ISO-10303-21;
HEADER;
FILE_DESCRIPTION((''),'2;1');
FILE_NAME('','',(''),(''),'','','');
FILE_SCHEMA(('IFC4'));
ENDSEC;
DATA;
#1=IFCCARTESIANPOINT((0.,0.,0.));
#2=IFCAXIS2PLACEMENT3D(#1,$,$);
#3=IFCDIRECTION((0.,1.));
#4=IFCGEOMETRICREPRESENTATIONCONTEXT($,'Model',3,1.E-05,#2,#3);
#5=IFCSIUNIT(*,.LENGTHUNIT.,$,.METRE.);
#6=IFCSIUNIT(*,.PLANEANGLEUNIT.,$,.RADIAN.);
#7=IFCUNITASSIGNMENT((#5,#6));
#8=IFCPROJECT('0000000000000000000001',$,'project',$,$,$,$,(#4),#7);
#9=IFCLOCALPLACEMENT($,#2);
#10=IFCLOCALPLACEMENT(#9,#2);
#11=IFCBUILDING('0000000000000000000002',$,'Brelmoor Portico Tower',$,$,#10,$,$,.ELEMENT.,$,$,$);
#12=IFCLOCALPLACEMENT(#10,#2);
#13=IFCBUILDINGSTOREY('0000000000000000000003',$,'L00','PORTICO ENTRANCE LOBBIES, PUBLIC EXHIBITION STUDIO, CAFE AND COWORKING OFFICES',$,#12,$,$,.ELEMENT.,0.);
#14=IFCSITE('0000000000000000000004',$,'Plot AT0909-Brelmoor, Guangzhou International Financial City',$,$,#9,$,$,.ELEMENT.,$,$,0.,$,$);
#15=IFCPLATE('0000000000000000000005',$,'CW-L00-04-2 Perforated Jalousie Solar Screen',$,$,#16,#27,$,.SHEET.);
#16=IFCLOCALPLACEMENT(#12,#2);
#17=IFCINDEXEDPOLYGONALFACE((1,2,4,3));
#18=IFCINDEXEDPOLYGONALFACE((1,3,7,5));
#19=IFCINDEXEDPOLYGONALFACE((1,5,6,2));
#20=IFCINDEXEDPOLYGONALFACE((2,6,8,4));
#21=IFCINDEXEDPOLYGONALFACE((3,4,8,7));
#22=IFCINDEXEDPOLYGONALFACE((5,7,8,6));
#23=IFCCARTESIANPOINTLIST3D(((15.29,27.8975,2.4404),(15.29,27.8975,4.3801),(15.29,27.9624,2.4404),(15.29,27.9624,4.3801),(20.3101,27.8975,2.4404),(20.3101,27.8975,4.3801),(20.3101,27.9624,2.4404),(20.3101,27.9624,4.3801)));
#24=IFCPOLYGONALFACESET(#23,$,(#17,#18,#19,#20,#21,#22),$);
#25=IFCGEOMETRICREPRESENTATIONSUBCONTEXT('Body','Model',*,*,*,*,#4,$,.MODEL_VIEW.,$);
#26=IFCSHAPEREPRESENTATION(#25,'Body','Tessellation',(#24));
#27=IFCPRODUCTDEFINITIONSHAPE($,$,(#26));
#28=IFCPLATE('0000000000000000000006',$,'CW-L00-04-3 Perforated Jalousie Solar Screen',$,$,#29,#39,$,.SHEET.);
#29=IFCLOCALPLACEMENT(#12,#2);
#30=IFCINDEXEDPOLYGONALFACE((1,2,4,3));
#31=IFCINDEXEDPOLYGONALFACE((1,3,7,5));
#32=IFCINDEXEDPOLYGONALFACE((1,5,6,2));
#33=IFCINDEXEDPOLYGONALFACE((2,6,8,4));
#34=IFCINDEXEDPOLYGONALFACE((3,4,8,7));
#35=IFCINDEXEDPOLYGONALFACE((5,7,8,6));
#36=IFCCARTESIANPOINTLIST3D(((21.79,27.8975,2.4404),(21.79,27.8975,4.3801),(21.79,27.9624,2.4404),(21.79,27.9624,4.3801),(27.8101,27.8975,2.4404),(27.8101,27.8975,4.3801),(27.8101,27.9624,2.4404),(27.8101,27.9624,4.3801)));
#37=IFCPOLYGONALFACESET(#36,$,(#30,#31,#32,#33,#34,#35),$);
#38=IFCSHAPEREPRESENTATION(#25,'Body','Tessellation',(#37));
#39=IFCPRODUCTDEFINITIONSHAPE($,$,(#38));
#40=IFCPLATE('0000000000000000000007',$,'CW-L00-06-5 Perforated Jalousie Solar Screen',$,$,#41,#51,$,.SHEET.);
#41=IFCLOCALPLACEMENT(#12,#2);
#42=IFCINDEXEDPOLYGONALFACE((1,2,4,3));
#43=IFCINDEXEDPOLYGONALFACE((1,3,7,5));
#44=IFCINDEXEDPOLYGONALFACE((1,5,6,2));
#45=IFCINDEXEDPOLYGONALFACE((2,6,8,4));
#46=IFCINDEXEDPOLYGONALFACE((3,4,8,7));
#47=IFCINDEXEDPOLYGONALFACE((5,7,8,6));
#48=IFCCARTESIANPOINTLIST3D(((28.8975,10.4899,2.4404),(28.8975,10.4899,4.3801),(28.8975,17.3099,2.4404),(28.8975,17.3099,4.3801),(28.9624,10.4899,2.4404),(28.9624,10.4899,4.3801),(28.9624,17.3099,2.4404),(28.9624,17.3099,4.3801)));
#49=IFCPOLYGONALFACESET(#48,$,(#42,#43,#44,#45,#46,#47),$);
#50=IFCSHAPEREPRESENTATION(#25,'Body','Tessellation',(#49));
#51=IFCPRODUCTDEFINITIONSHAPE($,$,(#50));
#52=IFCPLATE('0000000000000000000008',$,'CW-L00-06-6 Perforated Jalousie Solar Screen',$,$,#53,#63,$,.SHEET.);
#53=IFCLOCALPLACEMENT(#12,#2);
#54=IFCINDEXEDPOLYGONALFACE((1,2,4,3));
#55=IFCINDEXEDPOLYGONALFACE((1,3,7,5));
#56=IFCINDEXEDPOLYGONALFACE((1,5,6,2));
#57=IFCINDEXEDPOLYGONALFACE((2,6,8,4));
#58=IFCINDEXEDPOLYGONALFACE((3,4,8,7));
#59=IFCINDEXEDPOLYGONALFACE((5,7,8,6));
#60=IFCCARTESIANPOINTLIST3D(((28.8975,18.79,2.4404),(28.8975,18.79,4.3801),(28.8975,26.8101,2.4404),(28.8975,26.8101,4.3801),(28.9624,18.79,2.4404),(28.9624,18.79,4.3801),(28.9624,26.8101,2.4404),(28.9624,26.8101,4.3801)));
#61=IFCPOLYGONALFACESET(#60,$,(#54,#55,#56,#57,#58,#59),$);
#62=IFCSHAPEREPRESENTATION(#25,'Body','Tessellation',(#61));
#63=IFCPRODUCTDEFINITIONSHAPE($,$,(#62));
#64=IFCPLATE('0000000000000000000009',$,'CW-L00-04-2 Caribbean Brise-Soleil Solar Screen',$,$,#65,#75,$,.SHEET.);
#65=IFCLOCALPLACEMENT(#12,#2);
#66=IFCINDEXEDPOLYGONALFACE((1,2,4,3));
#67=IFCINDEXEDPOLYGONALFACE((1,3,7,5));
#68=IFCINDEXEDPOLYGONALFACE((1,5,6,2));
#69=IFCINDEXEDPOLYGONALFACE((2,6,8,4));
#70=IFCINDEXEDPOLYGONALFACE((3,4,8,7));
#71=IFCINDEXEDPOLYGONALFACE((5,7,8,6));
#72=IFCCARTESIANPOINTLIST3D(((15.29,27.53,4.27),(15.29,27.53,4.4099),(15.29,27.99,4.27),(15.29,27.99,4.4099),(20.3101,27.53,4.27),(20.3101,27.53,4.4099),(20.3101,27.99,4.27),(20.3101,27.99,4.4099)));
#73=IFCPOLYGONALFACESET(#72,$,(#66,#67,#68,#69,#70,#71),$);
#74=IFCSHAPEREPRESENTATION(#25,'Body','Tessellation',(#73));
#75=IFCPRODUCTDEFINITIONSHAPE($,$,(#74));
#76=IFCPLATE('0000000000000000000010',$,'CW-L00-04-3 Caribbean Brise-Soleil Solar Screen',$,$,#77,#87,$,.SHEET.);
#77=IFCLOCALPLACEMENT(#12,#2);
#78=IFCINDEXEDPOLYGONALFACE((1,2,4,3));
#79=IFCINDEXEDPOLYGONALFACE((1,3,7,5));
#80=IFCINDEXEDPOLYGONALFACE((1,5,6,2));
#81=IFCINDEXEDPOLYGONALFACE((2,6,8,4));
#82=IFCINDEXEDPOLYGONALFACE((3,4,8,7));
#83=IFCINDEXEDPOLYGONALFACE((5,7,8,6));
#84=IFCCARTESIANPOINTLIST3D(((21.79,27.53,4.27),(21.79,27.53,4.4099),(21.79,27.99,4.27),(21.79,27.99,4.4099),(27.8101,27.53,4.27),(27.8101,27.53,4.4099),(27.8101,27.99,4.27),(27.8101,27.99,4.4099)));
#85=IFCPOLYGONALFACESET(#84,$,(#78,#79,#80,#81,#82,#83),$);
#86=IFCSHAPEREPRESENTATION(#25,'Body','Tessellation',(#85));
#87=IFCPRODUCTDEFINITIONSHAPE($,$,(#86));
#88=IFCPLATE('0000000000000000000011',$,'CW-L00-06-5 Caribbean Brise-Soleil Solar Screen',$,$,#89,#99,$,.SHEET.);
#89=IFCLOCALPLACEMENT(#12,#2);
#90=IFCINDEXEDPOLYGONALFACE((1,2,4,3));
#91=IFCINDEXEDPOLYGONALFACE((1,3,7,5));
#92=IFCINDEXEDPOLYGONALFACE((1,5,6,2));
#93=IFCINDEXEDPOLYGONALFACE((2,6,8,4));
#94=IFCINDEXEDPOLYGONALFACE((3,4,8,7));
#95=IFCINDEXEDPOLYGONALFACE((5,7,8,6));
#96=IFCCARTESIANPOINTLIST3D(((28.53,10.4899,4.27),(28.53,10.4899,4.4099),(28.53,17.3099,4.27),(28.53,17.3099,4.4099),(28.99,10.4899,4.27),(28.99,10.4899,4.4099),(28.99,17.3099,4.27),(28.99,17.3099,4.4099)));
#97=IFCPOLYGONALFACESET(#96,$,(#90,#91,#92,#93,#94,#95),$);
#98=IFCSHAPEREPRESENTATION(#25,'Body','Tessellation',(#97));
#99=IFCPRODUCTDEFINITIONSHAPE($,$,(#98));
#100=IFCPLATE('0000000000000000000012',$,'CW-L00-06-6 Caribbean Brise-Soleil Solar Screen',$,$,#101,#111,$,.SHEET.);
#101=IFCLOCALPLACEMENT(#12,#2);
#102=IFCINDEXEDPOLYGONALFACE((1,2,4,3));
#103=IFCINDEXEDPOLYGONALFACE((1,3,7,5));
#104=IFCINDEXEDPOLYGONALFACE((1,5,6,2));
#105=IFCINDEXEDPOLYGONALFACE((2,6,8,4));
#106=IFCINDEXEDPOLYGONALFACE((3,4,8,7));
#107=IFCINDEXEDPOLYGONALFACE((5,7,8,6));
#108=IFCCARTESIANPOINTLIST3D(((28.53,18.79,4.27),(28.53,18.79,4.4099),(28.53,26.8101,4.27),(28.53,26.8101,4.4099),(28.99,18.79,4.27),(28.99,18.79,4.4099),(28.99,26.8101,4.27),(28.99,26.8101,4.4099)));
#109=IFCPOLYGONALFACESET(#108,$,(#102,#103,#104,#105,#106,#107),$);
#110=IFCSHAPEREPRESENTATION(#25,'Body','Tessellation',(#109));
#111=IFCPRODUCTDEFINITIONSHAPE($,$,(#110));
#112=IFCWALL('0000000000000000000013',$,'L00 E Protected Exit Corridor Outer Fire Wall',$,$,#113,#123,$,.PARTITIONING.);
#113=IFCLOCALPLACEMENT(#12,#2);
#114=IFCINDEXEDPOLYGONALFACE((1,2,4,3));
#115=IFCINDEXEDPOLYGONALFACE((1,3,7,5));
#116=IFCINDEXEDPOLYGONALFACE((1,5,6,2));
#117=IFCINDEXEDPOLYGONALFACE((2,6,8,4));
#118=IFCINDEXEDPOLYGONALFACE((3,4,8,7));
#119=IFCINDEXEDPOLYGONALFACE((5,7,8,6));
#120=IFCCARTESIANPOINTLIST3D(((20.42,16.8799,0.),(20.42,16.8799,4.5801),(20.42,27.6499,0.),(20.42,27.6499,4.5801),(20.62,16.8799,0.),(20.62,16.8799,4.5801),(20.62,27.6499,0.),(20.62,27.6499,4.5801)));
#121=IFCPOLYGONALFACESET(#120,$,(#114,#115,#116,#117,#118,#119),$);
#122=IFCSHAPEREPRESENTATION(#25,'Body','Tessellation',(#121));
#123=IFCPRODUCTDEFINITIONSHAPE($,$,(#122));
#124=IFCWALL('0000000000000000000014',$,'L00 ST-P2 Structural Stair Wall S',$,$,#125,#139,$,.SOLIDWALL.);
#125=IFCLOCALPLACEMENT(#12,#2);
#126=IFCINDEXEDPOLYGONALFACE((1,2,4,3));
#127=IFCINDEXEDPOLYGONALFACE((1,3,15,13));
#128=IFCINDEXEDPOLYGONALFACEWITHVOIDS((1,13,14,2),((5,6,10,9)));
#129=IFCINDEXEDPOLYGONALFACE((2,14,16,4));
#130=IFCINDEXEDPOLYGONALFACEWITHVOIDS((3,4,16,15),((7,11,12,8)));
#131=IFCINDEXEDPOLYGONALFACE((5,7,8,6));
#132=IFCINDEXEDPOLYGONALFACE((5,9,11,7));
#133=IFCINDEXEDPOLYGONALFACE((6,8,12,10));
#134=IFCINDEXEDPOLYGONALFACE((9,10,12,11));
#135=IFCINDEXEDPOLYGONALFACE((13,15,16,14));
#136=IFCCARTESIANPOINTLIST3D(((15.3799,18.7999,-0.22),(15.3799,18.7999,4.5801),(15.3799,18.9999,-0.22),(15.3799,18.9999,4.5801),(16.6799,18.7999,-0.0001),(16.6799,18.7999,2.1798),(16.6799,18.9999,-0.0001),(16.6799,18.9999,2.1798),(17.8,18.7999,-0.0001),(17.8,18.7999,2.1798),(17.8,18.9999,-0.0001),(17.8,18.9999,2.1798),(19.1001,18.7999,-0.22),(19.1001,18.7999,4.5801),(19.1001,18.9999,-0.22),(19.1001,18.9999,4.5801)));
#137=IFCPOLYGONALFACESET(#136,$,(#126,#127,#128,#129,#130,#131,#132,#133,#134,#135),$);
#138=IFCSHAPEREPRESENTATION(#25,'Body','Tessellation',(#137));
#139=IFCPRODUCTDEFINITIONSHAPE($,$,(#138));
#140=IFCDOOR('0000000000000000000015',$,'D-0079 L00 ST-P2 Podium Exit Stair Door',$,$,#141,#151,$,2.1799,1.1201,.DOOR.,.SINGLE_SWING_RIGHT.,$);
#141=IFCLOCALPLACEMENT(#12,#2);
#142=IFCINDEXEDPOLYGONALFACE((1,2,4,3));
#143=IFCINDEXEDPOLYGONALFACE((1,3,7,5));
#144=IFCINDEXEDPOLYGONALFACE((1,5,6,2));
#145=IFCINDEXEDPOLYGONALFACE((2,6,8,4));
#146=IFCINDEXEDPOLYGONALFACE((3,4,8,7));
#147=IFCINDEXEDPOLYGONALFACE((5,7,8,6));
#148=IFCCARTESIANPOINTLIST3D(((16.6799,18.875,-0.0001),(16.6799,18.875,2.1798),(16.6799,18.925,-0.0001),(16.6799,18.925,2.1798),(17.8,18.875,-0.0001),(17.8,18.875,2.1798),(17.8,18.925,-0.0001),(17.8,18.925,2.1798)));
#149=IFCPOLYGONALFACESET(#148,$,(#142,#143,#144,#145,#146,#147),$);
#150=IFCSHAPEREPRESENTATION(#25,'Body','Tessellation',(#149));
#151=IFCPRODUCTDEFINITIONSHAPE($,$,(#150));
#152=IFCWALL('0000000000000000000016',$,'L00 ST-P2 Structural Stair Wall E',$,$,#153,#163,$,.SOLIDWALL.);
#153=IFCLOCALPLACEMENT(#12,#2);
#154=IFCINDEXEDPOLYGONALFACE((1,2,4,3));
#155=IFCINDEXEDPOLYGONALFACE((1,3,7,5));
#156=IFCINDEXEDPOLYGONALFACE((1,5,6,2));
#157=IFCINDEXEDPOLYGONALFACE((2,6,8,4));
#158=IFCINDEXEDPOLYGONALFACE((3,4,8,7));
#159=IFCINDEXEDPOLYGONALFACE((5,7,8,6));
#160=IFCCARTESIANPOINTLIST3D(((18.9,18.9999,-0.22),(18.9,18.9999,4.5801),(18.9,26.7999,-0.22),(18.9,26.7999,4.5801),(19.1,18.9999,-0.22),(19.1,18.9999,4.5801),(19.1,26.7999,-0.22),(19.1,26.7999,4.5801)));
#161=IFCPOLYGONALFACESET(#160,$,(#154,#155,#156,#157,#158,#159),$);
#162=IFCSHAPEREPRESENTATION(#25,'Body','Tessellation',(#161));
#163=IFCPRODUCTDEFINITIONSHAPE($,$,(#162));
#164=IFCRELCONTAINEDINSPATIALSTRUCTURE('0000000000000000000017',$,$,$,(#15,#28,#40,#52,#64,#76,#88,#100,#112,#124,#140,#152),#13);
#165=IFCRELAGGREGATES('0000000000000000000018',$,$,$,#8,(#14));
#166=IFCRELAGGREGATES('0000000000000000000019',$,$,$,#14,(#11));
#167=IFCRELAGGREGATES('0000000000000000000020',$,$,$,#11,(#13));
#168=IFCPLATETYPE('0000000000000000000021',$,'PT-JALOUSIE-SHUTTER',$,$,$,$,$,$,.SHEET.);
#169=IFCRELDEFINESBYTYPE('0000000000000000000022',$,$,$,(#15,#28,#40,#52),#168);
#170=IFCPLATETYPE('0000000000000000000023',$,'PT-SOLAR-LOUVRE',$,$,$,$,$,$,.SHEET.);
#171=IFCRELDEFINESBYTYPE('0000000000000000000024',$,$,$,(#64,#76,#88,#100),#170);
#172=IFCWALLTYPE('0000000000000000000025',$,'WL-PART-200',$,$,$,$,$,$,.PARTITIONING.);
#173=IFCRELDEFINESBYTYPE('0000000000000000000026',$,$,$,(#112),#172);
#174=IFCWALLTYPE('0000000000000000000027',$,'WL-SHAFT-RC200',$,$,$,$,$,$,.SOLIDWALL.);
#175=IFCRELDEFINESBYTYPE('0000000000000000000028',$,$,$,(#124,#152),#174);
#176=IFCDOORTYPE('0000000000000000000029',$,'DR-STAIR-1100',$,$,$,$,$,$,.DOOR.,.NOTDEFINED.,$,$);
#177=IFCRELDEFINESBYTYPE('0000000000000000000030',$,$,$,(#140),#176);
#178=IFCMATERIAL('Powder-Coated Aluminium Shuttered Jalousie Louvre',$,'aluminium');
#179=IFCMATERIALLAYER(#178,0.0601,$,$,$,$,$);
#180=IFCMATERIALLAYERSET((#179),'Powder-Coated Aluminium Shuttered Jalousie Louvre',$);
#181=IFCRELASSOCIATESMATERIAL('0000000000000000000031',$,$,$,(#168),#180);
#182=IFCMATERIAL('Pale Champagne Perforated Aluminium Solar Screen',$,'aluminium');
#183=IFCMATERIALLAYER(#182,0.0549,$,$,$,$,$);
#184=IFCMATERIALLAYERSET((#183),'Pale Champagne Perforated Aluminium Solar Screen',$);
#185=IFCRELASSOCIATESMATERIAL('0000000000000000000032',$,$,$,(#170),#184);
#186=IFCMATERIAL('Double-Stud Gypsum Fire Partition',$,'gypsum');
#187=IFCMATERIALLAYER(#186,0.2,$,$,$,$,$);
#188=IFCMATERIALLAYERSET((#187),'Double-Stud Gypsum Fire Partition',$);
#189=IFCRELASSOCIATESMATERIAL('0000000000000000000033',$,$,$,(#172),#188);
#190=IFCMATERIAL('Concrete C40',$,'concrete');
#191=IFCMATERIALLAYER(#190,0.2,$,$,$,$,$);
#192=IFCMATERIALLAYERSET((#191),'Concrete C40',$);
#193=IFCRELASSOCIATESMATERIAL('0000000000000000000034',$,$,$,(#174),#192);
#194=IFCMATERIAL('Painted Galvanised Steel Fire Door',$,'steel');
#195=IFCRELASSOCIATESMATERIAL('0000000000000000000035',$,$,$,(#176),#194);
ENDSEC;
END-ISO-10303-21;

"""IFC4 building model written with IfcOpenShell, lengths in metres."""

from ifc_helpers import new_model, si_unit, direction, frame, frame_2d, origin, origin_2d, place, context, subcontext, project, spatial, rectangle, extrude, material, layer, layer_set, type_object, element, fill, save


model = new_model("IFC4")

# Units and contexts
model_context = context("Model", 3, precision=1e-05, world=origin(), true_north=direction((0.0, 1.0)))
body_context = subcontext(model_context, "Body", "Model", "MODEL_VIEW")
ifc_project = project(units=[si_unit("LENGTHUNIT", "METRE"), si_unit("PLANEANGLEUNIT", "RADIAN")], contexts=[model_context])

# Site, building, storey
site_placement = place(None, origin())
site = spatial("IfcSite", under=ifc_project, at=site_placement, Name="Plot AT0909-Brelmoor, Guangzhou International Financial City", CompositionType="ELEMENT", RefElevation=0.0)
building_placement = place(site_placement, origin())
building = spatial("IfcBuilding", under=site, at=building_placement, Name="Brelmoor Portico Tower", CompositionType="ELEMENT")
storey_placement = place(building_placement, origin())
storey = spatial("IfcBuildingStorey", under=building, at=storey_placement, Name="L00", Description="PORTICO ENTRANCE LOBBIES, PUBLIC EXHIBITION STUDIO, CAFE AND COWORKING OFFICES", CompositionType="ELEMENT", Elevation=0.0)

# Plates
ifc_material_1 = material(Name="Powder-Coated Aluminium Shuttered Jalousie Louvre", Category="aluminium")
ifc_layer_1 = layer(ifc_material_1, 0.0601)
ifc_layer_set_1 = layer_set([ifc_layer_1], Name="Powder-Coated Aluminium Shuttered Jalousie Louvre")
plate_type_1 = type_object("IfcPlateType", Name="PT-JALOUSIE-SHUTTER", PredefinedType="SHEET", material=ifc_layer_set_1)
plate_1_placement = place(storey_placement, frame((17.8, 27.9299, 2.4404), z_axis=(0.0, 0.0, 1.0), x_axis=(1.0, 0.0, 0.0)))
element("IfcPlate", 1, at=plate_1_placement, inside=storey, type_object=plate_type_1, Name="CW-L00-04-2 Perforated Jalousie Solar Screen", PredefinedType="SHEET", context=body_context, shape_type="SweptSolid", body=[
    extrude(rectangle(XDim=5.02, YDim=0.0649, at=origin_2d()), origin(), (0.0, 0.0, 1.0), 1.9397),
])
plate_2_placement = place(storey_placement, frame((24.8, 27.9299, 2.4404), z_axis=(0.0, 0.0, 1.0), x_axis=(1.0, 0.0, 0.0)))
element("IfcPlate", 2, at=plate_2_placement, inside=storey, type_object=plate_type_1, Name="CW-L00-04-3 Perforated Jalousie Solar Screen", PredefinedType="SHEET", context=body_context, shape_type="SweptSolid", body=[
    extrude(rectangle(XDim=6.02, YDim=0.0649, at=origin_2d()), origin(), (0.0, 0.0, 1.0), 1.9397),
])
plate_3_placement = place(storey_placement, frame((28.9299, 13.8999, 2.4404), z_axis=(0.0, 0.0, 1.0), x_axis=(0.0, 1.0, 0.0)))
element("IfcPlate", 3, at=plate_3_placement, inside=storey, type_object=plate_type_1, Name="CW-L00-06-5 Perforated Jalousie Solar Screen", PredefinedType="SHEET", context=body_context, shape_type="SweptSolid", body=[
    extrude(rectangle(XDim=6.8201, YDim=0.0649, at=origin_2d()), origin(), (0.0, 0.0, 1.0), 1.9397),
])
plate_4_placement = place(storey_placement, frame((28.9299, 22.8, 2.4404), z_axis=(0.0, 0.0, 1.0), x_axis=(0.0, 1.0, 0.0)))
element("IfcPlate", 4, at=plate_4_placement, inside=storey, type_object=plate_type_1, Name="CW-L00-06-6 Perforated Jalousie Solar Screen", PredefinedType="SHEET", context=body_context, shape_type="SweptSolid", body=[
    extrude(rectangle(XDim=8.02, YDim=0.0649, at=origin_2d()), origin(), (0.0, 0.0, 1.0), 1.9397),
])
ifc_material_2 = material(Name="Pale Champagne Perforated Aluminium Solar Screen", Category="aluminium")
ifc_layer_2 = layer(ifc_material_2, 0.0549)
ifc_layer_set_2 = layer_set([ifc_layer_2], Name="Pale Champagne Perforated Aluminium Solar Screen")
plate_type_2 = type_object("IfcPlateType", Name="PT-SOLAR-LOUVRE", PredefinedType="SHEET", material=ifc_layer_set_2)
plate_5_placement = place(storey_placement, frame((17.8, 27.76, 4.27), z_axis=(0.0, 0.0, 1.0), x_axis=(1.0, 0.0, 0.0)))
element("IfcPlate", 5, at=plate_5_placement, inside=storey, type_object=plate_type_2, Name="CW-L00-04-2 Caribbean Brise-Soleil Solar Screen", PredefinedType="SHEET", context=body_context, shape_type="SweptSolid", body=[
    extrude(rectangle(XDim=5.02, YDim=0.46, at=origin_2d()), origin(), (0.0, 0.0, 1.0), 0.1399),
])
plate_6_placement = place(storey_placement, frame((24.8, 27.76, 4.27), z_axis=(0.0, 0.0, 1.0), x_axis=(1.0, 0.0, 0.0)))
element("IfcPlate", 6, at=plate_6_placement, inside=storey, type_object=plate_type_2, Name="CW-L00-04-3 Caribbean Brise-Soleil Solar Screen", PredefinedType="SHEET", context=body_context, shape_type="SweptSolid", body=[
    extrude(rectangle(XDim=6.02, YDim=0.46, at=origin_2d()), origin(), (0.0, 0.0, 1.0), 0.1399),
])
plate_7_placement = place(storey_placement, frame((28.76, 13.8999, 4.27), z_axis=(0.0, 0.0, 1.0), x_axis=(0.0, 1.0, 0.0)))
element("IfcPlate", 7, at=plate_7_placement, inside=storey, type_object=plate_type_2, Name="CW-L00-06-5 Caribbean Brise-Soleil Solar Screen", PredefinedType="SHEET", context=body_context, shape_type="SweptSolid", body=[
    extrude(rectangle(XDim=6.8201, YDim=0.46, at=origin_2d()), origin(), (0.0, 0.0, 1.0), 0.1399),
])
plate_8_placement = place(storey_placement, frame((28.76, 22.8, 4.27), z_axis=(0.0, 0.0, 1.0), x_axis=(0.0, 1.0, 0.0)))
element("IfcPlate", 8, at=plate_8_placement, inside=storey, type_object=plate_type_2, Name="CW-L00-06-6 Caribbean Brise-Soleil Solar Screen", PredefinedType="SHEET", context=body_context, shape_type="SweptSolid", body=[
    extrude(rectangle(XDim=8.02, YDim=0.46, at=origin_2d()), origin(), (0.0, 0.0, 1.0), 0.1399),
])

# Wall
ifc_material_3 = material(Name="Double-Stud Gypsum Fire Partition", Category="gypsum")
ifc_layer_3 = layer(ifc_material_3, 0.2)
ifc_layer_set_3 = layer_set([ifc_layer_3], Name="Double-Stud Gypsum Fire Partition")
wall_type_1 = type_object("IfcWallType", Name="WL-PART-200", PredefinedType="PARTITIONING", material=ifc_layer_set_3)
wall_1_placement = place(storey_placement, frame((20.52, 16.8799, 0.0), z_axis=(0.0, 0.0, 1.0), x_axis=(0.0, 1.0, 0.0)))
element("IfcWall", 9, at=wall_1_placement, inside=storey, type_object=wall_type_1, Name="L00 E Protected Exit Corridor Outer Fire Wall", PredefinedType="PARTITIONING", context=body_context, shape_type="SweptSolid", body=[
    extrude(rectangle(XDim=10.77, YDim=0.2, at=frame_2d((5.385, 0.0))), origin(), (0.0, 0.0, 1.0), 4.5801),
])

# Wall, opening, door
ifc_material_4 = material(Name="Concrete C40", Category="concrete")
ifc_layer_4 = layer(ifc_material_4, 0.2)
ifc_layer_set_4 = layer_set([ifc_layer_4], Name="Concrete C40")
wall_type_2 = type_object("IfcWallType", Name="WL-SHAFT-RC200", PredefinedType="SOLIDWALL", material=ifc_layer_set_4)
wall_2_placement = place(storey_placement, frame((19.1001, 18.8999, -0.22), z_axis=(0.0, 0.0, 1.0), x_axis=(-1.0, 0.0, 0.0)))
wall_2 = element("IfcWall", 10, at=wall_2_placement, inside=storey, type_object=wall_type_2, Name="L00 ST-P2 Structural Stair Wall S", PredefinedType="SOLIDWALL", context=body_context, shape_type="SweptSolid", body=[
    extrude(rectangle(XDim=3.7202, YDim=0.2, at=frame_2d((1.8601, 0.0))), origin(), (0.0, 0.0, 1.0), 4.8),
])
opening_1_placement = place(wall_2_placement, frame((1.3, 0.0, 0.22)))
opening_1 = element("IfcOpeningElement", 11, at=opening_1_placement, cuts=wall_2, PredefinedType="OPENING", context=body_context, shape_type="SweptSolid", body=[
    extrude(rectangle(XDim=1.1201, YDim=2.1799, at=frame_2d((0.5601, 1.0898))), frame((0.0, 0.1099, 0.0), z_axis=(0.0, -1.0, 0.0), x_axis=(1.0, 0.0, 0.0)), (0.0, 0.0, 1.0), 0.22),
])
ifc_material_5 = material(Name="Painted Galvanised Steel Fire Door", Category="steel")
door_type_1 = type_object("IfcDoorType", Name="DR-STAIR-1100", OperationType="NOTDEFINED", PredefinedType="DOOR", material=ifc_material_5)
door_1_placement = place(opening_1_placement, origin())
door_1 = element("IfcDoor", 12, at=door_1_placement, inside=storey, type_object=door_type_1, Name="D-0079 L00 ST-P2 Podium Exit Stair Door", OperationType="SINGLE_SWING_RIGHT", OverallHeight=2.1799, OverallWidth=1.1201, PredefinedType="DOOR", context=body_context, shape_type="SweptSolid", body=[
    extrude(rectangle(XDim=1.1201, YDim=2.1799, at=frame_2d((0.5601, 1.0898))), frame((0.0, 0.0249, 0.0), z_axis=(0.0, -1.0, 0.0), x_axis=(1.0, 0.0, 0.0)), (0.0, 0.0, 1.0), 0.05),
])
fill(opening_1, door_1)

# Wall
wall_3_placement = place(storey_placement, frame((19.0, 19.0, -0.22), z_axis=(0.0, 0.0, 1.0), x_axis=(0.0, 1.0, 0.0)))
element("IfcWall", 13, at=wall_3_placement, inside=storey, type_object=wall_type_2, Name="L00 ST-P2 Structural Stair Wall E", PredefinedType="SOLIDWALL", context=body_context, shape_type="SweptSolid", body=[
    extrude(rectangle(XDim=7.8, YDim=0.2, at=frame_2d((3.8999, 0.0))), origin(), (0.0, 0.0, 1.0), 4.8),
])

save(model, "model.ifc")
